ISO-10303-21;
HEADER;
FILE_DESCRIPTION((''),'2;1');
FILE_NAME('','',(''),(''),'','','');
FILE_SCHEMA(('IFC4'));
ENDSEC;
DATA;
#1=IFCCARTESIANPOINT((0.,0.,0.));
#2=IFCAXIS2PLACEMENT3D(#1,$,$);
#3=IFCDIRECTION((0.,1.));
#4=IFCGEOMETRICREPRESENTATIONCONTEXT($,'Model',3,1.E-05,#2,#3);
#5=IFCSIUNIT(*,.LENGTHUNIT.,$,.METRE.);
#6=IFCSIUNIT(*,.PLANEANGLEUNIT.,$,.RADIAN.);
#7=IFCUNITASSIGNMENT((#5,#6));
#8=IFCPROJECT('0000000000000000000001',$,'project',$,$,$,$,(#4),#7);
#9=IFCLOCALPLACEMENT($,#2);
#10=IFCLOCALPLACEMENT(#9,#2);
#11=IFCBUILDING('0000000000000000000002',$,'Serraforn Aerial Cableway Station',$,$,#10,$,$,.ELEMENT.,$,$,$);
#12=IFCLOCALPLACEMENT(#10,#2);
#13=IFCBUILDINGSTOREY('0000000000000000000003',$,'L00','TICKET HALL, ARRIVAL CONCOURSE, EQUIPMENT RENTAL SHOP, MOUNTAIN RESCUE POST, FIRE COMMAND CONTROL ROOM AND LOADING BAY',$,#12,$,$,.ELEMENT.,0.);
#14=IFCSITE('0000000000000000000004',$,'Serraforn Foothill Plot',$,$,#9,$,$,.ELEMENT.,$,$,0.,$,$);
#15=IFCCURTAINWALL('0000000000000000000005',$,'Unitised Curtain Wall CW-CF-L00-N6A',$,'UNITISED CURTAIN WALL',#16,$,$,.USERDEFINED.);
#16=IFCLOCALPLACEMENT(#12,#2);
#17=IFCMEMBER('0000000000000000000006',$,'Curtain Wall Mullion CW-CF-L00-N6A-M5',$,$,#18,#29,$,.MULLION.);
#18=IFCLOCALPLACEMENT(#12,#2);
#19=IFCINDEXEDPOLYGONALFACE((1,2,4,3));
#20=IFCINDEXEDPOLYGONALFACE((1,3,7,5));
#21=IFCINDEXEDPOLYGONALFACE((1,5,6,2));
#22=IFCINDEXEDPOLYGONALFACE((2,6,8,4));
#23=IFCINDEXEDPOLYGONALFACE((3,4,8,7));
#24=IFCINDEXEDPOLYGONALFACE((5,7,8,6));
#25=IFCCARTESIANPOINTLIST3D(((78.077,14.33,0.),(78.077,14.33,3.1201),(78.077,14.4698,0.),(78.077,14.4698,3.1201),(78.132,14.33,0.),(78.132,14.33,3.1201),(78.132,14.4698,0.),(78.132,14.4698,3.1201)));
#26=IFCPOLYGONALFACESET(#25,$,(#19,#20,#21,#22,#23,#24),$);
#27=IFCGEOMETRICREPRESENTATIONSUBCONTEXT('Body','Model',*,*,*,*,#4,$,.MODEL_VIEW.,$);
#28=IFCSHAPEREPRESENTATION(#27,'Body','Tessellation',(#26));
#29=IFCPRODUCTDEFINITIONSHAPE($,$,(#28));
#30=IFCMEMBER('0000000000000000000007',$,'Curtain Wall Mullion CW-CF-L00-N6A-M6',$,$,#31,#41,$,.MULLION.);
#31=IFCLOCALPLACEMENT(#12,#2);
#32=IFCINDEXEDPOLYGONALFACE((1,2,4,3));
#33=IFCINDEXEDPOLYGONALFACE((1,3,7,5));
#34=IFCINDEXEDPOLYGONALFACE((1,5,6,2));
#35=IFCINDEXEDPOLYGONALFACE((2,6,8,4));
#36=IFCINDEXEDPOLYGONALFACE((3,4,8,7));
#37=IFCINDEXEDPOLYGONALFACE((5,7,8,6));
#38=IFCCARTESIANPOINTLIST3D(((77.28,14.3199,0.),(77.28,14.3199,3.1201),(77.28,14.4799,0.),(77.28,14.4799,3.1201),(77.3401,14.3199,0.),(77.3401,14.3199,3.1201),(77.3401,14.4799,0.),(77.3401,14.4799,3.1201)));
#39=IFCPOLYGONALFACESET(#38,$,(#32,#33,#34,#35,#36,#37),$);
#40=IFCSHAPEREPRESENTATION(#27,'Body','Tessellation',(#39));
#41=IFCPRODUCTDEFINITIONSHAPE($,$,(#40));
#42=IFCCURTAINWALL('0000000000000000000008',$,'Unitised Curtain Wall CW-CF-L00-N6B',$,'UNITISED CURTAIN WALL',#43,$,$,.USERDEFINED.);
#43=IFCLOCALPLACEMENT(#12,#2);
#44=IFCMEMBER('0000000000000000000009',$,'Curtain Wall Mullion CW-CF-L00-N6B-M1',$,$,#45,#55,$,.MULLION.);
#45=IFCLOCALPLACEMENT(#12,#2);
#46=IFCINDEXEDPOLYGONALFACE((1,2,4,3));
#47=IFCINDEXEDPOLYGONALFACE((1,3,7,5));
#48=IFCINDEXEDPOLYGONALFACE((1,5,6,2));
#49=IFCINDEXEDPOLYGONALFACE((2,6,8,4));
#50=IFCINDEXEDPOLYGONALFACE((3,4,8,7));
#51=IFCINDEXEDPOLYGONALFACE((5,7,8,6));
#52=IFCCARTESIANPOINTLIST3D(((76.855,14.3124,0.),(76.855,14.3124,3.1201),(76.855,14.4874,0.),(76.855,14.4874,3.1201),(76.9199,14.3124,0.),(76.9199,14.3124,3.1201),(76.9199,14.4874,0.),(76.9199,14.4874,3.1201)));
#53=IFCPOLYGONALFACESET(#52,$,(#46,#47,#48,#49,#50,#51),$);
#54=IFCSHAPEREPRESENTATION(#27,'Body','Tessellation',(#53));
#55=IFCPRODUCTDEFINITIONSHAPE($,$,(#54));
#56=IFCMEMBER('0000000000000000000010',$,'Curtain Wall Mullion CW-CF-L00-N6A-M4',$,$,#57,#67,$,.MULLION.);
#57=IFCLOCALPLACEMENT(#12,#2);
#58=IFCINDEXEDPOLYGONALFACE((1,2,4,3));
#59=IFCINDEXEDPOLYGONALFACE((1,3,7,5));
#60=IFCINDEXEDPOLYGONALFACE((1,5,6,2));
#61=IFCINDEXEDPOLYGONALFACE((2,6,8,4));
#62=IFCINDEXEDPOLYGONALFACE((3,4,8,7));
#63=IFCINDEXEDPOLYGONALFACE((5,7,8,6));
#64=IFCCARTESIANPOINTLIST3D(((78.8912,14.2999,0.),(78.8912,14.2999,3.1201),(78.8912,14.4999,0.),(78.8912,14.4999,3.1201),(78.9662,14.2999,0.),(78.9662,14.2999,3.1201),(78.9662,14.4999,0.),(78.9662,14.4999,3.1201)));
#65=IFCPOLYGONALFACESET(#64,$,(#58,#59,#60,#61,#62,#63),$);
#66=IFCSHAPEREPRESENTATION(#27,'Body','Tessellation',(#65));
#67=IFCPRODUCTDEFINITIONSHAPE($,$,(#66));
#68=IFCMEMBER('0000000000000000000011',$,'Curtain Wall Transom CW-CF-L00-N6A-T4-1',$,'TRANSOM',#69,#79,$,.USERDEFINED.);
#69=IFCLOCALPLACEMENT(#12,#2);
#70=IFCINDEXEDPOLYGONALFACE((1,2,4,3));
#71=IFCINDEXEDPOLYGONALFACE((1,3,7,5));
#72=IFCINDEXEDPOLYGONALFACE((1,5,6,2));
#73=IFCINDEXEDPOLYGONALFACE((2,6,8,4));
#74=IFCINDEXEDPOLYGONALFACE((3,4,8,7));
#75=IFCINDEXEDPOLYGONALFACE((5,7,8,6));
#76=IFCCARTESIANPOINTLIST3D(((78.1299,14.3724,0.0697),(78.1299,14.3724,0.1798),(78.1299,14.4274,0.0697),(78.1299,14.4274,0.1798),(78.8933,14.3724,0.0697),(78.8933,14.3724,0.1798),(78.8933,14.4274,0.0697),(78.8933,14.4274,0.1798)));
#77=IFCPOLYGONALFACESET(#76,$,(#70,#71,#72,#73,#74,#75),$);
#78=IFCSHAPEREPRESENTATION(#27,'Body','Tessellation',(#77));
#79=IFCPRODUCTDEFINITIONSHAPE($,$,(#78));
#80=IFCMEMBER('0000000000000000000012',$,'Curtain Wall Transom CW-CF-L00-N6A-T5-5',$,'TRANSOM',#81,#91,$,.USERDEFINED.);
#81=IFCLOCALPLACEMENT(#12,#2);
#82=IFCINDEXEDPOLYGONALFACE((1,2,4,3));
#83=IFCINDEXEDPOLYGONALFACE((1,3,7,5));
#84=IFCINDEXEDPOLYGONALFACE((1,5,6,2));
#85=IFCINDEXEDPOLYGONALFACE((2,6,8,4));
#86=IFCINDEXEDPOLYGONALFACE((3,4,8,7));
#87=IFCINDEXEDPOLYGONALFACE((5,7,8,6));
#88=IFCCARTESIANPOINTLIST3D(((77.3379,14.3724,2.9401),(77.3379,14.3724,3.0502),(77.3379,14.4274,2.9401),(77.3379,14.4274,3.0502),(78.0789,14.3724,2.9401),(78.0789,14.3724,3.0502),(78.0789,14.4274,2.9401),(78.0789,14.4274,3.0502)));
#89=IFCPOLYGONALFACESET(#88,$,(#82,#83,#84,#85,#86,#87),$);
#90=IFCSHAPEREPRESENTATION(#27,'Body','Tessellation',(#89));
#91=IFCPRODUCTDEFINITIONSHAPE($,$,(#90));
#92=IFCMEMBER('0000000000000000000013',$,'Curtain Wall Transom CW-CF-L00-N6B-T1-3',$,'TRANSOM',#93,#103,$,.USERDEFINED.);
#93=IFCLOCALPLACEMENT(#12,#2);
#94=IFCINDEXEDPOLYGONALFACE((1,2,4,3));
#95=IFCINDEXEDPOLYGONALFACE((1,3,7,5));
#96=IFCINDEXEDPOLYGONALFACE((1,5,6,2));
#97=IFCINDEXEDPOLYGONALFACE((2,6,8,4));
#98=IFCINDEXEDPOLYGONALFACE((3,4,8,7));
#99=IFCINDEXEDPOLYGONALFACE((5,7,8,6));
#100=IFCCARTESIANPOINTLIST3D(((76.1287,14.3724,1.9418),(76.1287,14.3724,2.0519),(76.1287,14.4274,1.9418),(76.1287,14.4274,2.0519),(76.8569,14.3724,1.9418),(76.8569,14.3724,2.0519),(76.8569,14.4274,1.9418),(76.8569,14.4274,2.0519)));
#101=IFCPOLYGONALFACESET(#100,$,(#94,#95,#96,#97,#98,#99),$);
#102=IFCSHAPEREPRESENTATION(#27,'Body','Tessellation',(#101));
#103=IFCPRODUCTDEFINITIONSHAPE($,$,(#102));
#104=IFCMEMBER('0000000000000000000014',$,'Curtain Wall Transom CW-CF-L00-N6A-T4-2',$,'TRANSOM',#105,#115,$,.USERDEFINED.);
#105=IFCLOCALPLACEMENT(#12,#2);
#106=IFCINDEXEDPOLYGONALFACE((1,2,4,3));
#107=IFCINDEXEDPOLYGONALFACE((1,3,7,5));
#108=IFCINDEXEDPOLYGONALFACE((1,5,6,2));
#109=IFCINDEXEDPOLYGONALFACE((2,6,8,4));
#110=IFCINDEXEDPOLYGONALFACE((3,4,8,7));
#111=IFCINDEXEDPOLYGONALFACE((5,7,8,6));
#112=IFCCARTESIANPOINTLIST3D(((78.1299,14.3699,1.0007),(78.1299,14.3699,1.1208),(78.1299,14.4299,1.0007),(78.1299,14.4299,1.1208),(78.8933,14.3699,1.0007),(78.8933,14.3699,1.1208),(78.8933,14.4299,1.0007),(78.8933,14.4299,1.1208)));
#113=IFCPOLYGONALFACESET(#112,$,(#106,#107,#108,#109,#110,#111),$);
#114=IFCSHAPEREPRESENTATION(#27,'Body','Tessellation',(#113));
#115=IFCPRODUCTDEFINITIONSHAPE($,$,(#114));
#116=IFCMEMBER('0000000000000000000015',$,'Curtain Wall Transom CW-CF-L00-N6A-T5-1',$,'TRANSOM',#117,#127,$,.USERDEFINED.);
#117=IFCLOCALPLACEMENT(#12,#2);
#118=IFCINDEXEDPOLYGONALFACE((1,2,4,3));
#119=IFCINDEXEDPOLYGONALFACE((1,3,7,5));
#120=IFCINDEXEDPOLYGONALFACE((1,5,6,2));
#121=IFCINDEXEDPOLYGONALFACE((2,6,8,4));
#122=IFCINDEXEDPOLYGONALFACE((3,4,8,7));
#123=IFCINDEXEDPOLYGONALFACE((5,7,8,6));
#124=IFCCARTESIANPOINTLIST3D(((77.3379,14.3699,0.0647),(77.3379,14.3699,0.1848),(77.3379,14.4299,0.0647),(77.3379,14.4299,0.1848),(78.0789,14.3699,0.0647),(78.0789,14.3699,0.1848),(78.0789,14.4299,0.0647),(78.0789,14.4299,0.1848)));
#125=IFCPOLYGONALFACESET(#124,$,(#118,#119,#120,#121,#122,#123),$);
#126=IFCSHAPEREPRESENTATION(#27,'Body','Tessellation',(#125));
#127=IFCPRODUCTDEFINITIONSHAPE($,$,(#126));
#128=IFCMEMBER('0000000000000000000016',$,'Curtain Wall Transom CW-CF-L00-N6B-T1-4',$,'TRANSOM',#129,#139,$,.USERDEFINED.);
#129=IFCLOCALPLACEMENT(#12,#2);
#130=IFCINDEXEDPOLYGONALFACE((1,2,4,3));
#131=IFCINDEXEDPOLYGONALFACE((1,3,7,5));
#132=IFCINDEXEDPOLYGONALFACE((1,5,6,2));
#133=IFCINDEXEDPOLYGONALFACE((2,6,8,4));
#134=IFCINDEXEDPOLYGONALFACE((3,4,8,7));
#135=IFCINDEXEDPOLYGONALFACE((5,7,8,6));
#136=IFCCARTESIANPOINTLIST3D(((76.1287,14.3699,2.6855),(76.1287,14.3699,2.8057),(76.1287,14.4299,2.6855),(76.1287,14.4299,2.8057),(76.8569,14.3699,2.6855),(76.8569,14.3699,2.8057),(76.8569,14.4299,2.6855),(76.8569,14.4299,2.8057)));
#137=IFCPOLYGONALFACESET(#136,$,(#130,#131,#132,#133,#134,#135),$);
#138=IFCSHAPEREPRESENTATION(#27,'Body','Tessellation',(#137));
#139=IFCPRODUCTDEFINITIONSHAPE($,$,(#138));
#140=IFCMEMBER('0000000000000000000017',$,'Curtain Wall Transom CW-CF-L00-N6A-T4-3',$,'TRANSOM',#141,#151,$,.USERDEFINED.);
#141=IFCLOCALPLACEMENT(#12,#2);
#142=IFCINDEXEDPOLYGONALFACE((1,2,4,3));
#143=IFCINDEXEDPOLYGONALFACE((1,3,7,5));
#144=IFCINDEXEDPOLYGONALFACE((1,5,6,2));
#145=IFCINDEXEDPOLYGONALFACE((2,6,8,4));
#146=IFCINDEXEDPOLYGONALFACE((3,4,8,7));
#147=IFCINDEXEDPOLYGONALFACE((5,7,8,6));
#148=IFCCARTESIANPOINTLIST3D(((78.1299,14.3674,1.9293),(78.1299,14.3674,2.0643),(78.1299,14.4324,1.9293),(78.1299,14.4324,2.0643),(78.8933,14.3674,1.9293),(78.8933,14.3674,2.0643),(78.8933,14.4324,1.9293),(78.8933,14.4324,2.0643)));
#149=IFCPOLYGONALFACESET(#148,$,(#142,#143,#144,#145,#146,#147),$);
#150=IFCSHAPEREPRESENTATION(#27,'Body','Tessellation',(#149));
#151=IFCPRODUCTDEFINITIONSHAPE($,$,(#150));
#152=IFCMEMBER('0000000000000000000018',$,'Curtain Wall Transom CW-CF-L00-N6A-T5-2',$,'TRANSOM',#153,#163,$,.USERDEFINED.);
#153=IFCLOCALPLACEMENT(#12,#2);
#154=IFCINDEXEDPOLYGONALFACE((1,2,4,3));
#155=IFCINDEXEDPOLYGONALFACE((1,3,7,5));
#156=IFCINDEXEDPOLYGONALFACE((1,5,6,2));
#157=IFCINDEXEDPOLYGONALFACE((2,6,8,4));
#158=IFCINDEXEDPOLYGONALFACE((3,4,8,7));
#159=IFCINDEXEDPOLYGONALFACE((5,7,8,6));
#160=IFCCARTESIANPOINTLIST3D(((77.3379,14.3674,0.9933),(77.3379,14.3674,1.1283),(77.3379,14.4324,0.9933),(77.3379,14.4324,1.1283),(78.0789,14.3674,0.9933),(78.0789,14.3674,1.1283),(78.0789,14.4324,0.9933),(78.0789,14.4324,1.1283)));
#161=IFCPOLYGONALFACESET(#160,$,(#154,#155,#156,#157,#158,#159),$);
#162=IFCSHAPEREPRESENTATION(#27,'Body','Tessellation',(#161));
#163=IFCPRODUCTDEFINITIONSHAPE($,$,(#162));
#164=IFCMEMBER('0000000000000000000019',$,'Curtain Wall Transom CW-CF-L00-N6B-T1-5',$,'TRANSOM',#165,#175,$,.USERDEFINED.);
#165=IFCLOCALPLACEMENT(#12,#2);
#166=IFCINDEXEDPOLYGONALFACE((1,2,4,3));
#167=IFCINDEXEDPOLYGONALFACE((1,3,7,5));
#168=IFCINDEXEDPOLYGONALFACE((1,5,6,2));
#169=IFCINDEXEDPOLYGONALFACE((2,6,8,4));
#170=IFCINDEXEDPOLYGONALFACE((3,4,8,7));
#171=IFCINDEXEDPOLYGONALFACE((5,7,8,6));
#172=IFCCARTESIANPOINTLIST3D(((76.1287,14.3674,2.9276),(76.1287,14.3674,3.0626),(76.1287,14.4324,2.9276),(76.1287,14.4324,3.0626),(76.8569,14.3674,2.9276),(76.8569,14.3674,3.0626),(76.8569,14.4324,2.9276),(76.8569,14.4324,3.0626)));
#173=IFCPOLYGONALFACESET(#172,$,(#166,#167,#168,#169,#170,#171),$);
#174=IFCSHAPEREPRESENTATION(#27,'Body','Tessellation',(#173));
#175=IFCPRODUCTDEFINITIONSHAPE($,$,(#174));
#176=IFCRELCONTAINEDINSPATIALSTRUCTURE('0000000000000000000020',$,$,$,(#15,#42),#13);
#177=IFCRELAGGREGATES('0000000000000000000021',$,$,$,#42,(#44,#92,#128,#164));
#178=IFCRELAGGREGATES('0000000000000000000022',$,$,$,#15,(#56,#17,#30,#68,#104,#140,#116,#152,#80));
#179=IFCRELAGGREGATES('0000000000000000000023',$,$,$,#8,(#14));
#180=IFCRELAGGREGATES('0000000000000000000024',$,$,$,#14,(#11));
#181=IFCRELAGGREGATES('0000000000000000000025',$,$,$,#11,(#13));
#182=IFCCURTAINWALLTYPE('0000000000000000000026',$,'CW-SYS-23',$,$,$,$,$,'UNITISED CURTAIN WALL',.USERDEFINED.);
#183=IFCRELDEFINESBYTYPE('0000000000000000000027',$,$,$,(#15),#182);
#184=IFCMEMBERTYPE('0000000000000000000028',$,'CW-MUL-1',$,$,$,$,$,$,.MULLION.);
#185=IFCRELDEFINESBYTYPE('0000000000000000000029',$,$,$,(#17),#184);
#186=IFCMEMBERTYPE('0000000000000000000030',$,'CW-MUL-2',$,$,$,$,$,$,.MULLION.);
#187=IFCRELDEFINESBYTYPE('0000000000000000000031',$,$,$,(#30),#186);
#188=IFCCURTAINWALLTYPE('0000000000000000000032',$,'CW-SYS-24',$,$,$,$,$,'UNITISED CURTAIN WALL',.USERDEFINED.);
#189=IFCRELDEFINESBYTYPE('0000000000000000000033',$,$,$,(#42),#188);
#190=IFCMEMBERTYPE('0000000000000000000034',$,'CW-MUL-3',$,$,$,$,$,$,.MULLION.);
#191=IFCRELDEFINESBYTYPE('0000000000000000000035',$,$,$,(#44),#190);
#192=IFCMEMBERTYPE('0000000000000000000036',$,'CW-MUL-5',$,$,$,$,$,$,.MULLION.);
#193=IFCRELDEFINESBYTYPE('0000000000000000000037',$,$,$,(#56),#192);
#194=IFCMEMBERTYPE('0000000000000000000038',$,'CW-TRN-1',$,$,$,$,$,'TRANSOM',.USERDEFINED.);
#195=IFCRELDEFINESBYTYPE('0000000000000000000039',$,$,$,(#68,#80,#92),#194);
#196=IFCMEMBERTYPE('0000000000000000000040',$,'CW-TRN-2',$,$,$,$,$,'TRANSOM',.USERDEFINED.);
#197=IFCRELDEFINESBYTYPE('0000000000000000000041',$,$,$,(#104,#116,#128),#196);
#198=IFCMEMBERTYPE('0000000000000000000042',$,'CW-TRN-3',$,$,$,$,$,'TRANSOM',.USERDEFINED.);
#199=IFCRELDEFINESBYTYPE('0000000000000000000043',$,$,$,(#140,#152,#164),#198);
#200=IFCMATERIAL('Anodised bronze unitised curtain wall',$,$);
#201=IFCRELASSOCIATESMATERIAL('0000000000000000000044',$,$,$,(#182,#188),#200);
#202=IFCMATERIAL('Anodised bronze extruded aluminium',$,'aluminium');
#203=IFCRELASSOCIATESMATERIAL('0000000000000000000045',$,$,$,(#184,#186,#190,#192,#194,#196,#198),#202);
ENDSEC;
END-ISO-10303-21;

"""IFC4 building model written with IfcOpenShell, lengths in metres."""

from ifc_helpers import new_model, si_unit, direction, frame, origin, origin_2d, place, context, subcontext, project, spatial, rectangle, extrude, material, material_profile, profile_set, type_object, element, aggregate, save


model = new_model("IFC4")

# Units and contexts
model_context = context("Model", 3, precision=1e-05, world=origin(), true_north=direction((0.0, 1.0)))
body_context = subcontext(model_context, "Body", "Model", "MODEL_VIEW")
ifc_project = project(units=[si_unit("LENGTHUNIT", "METRE"), si_unit("PLANEANGLEUNIT", "RADIAN")], contexts=[model_context])

# Site, building, storey
site_placement = place(None, origin())
site = spatial("IfcSite", under=ifc_project, at=site_placement, Name="Serraforn Foothill Plot", CompositionType="ELEMENT", RefElevation=0.0)
building_placement = place(site_placement, origin())
building = spatial("IfcBuilding", under=site, at=building_placement, Name="Serraforn Aerial Cableway Station", CompositionType="ELEMENT")
storey_placement = place(building_placement, origin())
storey = spatial("IfcBuildingStorey", under=building, at=storey_placement, Name="L00", Description="TICKET HALL, ARRIVAL CONCOURSE, EQUIPMENT RENTAL SHOP, MOUNTAIN RESCUE POST, FIRE COMMAND CONTROL ROOM AND LOADING BAY", CompositionType="ELEMENT", Elevation=0.0)

# Curtain wall, members
ifc_material_1 = material(Name="Anodised bronze unitised curtain wall")
curtain_wall_type_1 = type_object("IfcCurtainWallType", Name="CW-SYS-23", ElementType="UNITISED CURTAIN WALL", PredefinedType="USERDEFINED", material=ifc_material_1)
curtain_wall_1_placement = place(storey_placement, origin())
curtain_wall_1 = element("IfcCurtainWall", 1, at=curtain_wall_1_placement, inside=storey, type_object=curtain_wall_type_1, Name="Unitised Curtain Wall CW-CF-L00-N6A", ObjectType="UNITISED CURTAIN WALL", PredefinedType="USERDEFINED")
ifc_material_2 = material(Name="Anodised bronze extruded aluminium", Category="aluminium")
ifc_material_profile_1 = material_profile(ifc_material_2, rectangle(XDim=0.0549, YDim=0.1399, at=origin_2d()), Name="CW MULLION 55x140")
ifc_profile_set_1 = profile_set([ifc_material_profile_1], Name="Anodised bronze extruded aluminium")
member_type_1 = type_object("IfcMemberType", Name="CW-MUL-1", PredefinedType="MULLION", material=ifc_profile_set_1)
member_1_placement = place(storey_placement, frame((78.1045, 14.3999, 0.0), z_axis=(0.0, 0.0, 1.0), x_axis=(-1.0, 0.0, 0.0)))
member_1 = element("IfcMember", 2, at=member_1_placement, type_object=member_type_1, Name="Curtain Wall Mullion CW-CF-L00-N6A-M5", PredefinedType="MULLION", context=body_context, shape_type="SweptSolid", body=[
    extrude(rectangle(XDim=0.0549, YDim=0.1399, at=origin_2d()), origin(), (0.0, 0.0, 1.0), 3.1201),
])
ifc_material_profile_2 = material_profile(ifc_material_2, rectangle(XDim=0.0601, YDim=0.1599, at=origin_2d()), Name="CW MULLION 60x160")
ifc_profile_set_2 = profile_set([ifc_material_profile_2], Name="Anodised bronze extruded aluminium")
member_type_2 = type_object("IfcMemberType", Name="CW-MUL-2", PredefinedType="MULLION", material=ifc_profile_set_2)
member_2_placement = place(storey_placement, frame((77.3101, 14.3999, 0.0), z_axis=(0.0, 0.0, 1.0), x_axis=(-1.0, 0.0, 0.0)))
member_2 = element("IfcMember", 3, at=member_2_placement, type_object=member_type_2, Name="Curtain Wall Mullion CW-CF-L00-N6A-M6", PredefinedType="MULLION", context=body_context, shape_type="SweptSolid", body=[
    extrude(rectangle(XDim=0.0601, YDim=0.1599, at=origin_2d()), origin(), (0.0, 0.0, 1.0), 3.1201),
])

# Curtain wall, member
curtain_wall_type_2 = type_object("IfcCurtainWallType", Name="CW-SYS-24", ElementType="UNITISED CURTAIN WALL", PredefinedType="USERDEFINED", material=ifc_material_1)
curtain_wall_2_placement = place(storey_placement, origin())
curtain_wall_2 = element("IfcCurtainWall", 4, at=curtain_wall_2_placement, inside=storey, type_object=curtain_wall_type_2, Name="Unitised Curtain Wall CW-CF-L00-N6B", ObjectType="UNITISED CURTAIN WALL", PredefinedType="USERDEFINED")
ifc_material_profile_3 = material_profile(ifc_material_2, rectangle(XDim=0.0649, YDim=0.175, at=origin_2d()), Name="CW MULLION 65x175")
ifc_profile_set_3 = profile_set([ifc_material_profile_3], Name="Anodised bronze extruded aluminium")
member_type_3 = type_object("IfcMemberType", Name="CW-MUL-3", PredefinedType="MULLION", material=ifc_profile_set_3)
member_3_placement = place(storey_placement, frame((76.8875, 14.3999, 0.0), z_axis=(0.0, 0.0, 1.0), x_axis=(-1.0, 0.0, 0.0)))
member_3 = element("IfcMember", 5, at=member_3_placement, type_object=member_type_3, Name="Curtain Wall Mullion CW-CF-L00-N6B-M1", PredefinedType="MULLION", context=body_context, shape_type="SweptSolid", body=[
    extrude(rectangle(XDim=0.0649, YDim=0.175, at=origin_2d()), origin(), (0.0, 0.0, 1.0), 3.1201),
])

# Members
ifc_material_profile_4 = material_profile(ifc_material_2, rectangle(XDim=0.075, YDim=0.2, at=origin_2d()), Name="CW MULLION 75x200")
ifc_profile_set_4 = profile_set([ifc_material_profile_4], Name="Anodised bronze extruded aluminium")
member_type_4 = type_object("IfcMemberType", Name="CW-MUL-5", PredefinedType="MULLION", material=ifc_profile_set_4)
member_4_placement = place(storey_placement, frame((78.9287, 14.3999, 0.0), z_axis=(0.0, 0.0, 1.0), x_axis=(-1.0, 0.0, 0.0)))
member_4 = element("IfcMember", 6, at=member_4_placement, type_object=member_type_4, Name="Curtain Wall Mullion CW-CF-L00-N6A-M4", PredefinedType="MULLION", context=body_context, shape_type="SweptSolid", body=[
    extrude(rectangle(XDim=0.075, YDim=0.2, at=origin_2d()), origin(), (0.0, 0.0, 1.0), 3.1201),
])
ifc_material_profile_5 = material_profile(ifc_material_2, rectangle(XDim=0.0549, YDim=0.1101, at=origin_2d()), Name="CW TRANSOM 55x110")
ifc_profile_set_5 = profile_set([ifc_material_profile_5], Name="Anodised bronze extruded aluminium")
member_type_5 = type_object("IfcMemberType", Name="CW-TRN-1", ElementType="TRANSOM", PredefinedType="USERDEFINED", material=ifc_profile_set_5)
member_5_placement = place(storey_placement, frame((78.8933, 14.3999, 0.1248), z_axis=(-1.0, 0.0, 0.0), x_axis=(0.0, -1.0, 0.0)))
member_5 = element("IfcMember", 7, at=member_5_placement, type_object=member_type_5, Name="Curtain Wall Transom CW-CF-L00-N6A-T4-1", ObjectType="TRANSOM", PredefinedType="USERDEFINED", context=body_context, shape_type="SweptSolid", body=[
    extrude(rectangle(XDim=0.0549, YDim=0.1101, at=origin_2d()), origin(), (0.0, 0.0, 1.0), 0.7634),
])
member_6_placement = place(storey_placement, frame((78.0789, 14.3999, 2.9951), z_axis=(-1.0, 0.0, 0.0), x_axis=(0.0, -1.0, 0.0)))
member_6 = element("IfcMember", 8, at=member_6_placement, type_object=member_type_5, Name="Curtain Wall Transom CW-CF-L00-N6A-T5-5", ObjectType="TRANSOM", PredefinedType="USERDEFINED", context=body_context, shape_type="SweptSolid", body=[
    extrude(rectangle(XDim=0.0549, YDim=0.1101, at=origin_2d()), origin(), (0.0, 0.0, 1.0), 0.741),
])
member_7_placement = place(storey_placement, frame((76.8569, 14.3999, 1.9968), z_axis=(-1.0, 0.0, 0.0), x_axis=(0.0, -1.0, 0.0)))
member_7 = element("IfcMember", 9, at=member_7_placement, type_object=member_type_5, Name="Curtain Wall Transom CW-CF-L00-N6B-T1-3", ObjectType="TRANSOM", PredefinedType="USERDEFINED", context=body_context, shape_type="SweptSolid", body=[
    extrude(rectangle(XDim=0.0549, YDim=0.1101, at=origin_2d()), origin(), (0.0, 0.0, 1.0), 0.7283),
])
ifc_material_profile_6 = material_profile(ifc_material_2, rectangle(XDim=0.0601, YDim=0.1201, at=origin_2d()), Name="CW TRANSOM 60x120")
ifc_profile_set_6 = profile_set([ifc_material_profile_6], Name="Anodised bronze extruded aluminium")
member_type_6 = type_object("IfcMemberType", Name="CW-TRN-2", ElementType="TRANSOM", PredefinedType="USERDEFINED", material=ifc_profile_set_6)
member_8_placement = place(storey_placement, frame((78.8933, 14.3999, 1.0608), z_axis=(-1.0, 0.0, 0.0), x_axis=(0.0, -1.0, 0.0)))
member_8 = element("IfcMember", 10, at=member_8_placement, type_object=member_type_6, Name="Curtain Wall Transom CW-CF-L00-N6A-T4-2", ObjectType="TRANSOM", PredefinedType="USERDEFINED", context=body_context, shape_type="SweptSolid", body=[
    extrude(rectangle(XDim=0.0601, YDim=0.1201, at=origin_2d()), origin(), (0.0, 0.0, 1.0), 0.7634),
])
member_9_placement = place(storey_placement, frame((78.0789, 14.3999, 0.1248), z_axis=(-1.0, 0.0, 0.0), x_axis=(0.0, -1.0, 0.0)))
member_9 = element("IfcMember", 11, at=member_9_placement, type_object=member_type_6, Name="Curtain Wall Transom CW-CF-L00-N6A-T5-1", ObjectType="TRANSOM", PredefinedType="USERDEFINED", context=body_context, shape_type="SweptSolid", body=[
    extrude(rectangle(XDim=0.0601, YDim=0.1201, at=origin_2d()), origin(), (0.0, 0.0, 1.0), 0.741),
])
member_10_placement = place(storey_placement, frame((76.8569, 14.3999, 2.7456), z_axis=(-1.0, 0.0, 0.0), x_axis=(0.0, -1.0, 0.0)))
member_10 = element("IfcMember", 12, at=member_10_placement, type_object=member_type_6, Name="Curtain Wall Transom CW-CF-L00-N6B-T1-4", ObjectType="TRANSOM", PredefinedType="USERDEFINED", context=body_context, shape_type="SweptSolid", body=[
    extrude(rectangle(XDim=0.0601, YDim=0.1201, at=origin_2d()), origin(), (0.0, 0.0, 1.0), 0.7283),
])
ifc_material_profile_7 = material_profile(ifc_material_2, rectangle(XDim=0.0649, YDim=0.135, at=origin_2d()), Name="CW TRANSOM 65x135")
ifc_profile_set_7 = profile_set([ifc_material_profile_7], Name="Anodised bronze extruded aluminium")
member_type_7 = type_object("IfcMemberType", Name="CW-TRN-3", ElementType="TRANSOM", PredefinedType="USERDEFINED", material=ifc_profile_set_7)
member_11_placement = place(storey_placement, frame((78.8933, 14.3999, 1.9968), z_axis=(-1.0, 0.0, 0.0), x_axis=(0.0, -1.0, 0.0)))
member_11 = element("IfcMember", 13, at=member_11_placement, type_object=member_type_7, Name="Curtain Wall Transom CW-CF-L00-N6A-T4-3", ObjectType="TRANSOM", PredefinedType="USERDEFINED", context=body_context, shape_type="SweptSolid", body=[
    extrude(rectangle(XDim=0.0649, YDim=0.135, at=origin_2d()), origin(), (0.0, 0.0, 1.0), 0.7634),
])
member_12_placement = place(storey_placement, frame((78.0789, 14.3999, 1.0608), z_axis=(-1.0, 0.0, 0.0), x_axis=(0.0, -1.0, 0.0)))
member_12 = element("IfcMember", 14, at=member_12_placement, type_object=member_type_7, Name="Curtain Wall Transom CW-CF-L00-N6A-T5-2", ObjectType="TRANSOM", PredefinedType="USERDEFINED", context=body_context, shape_type="SweptSolid", body=[
    extrude(rectangle(XDim=0.0649, YDim=0.135, at=origin_2d()), origin(), (0.0, 0.0, 1.0), 0.741),
])
member_13_placement = place(storey_placement, frame((76.8569, 14.3999, 2.9951), z_axis=(-1.0, 0.0, 0.0), x_axis=(0.0, -1.0, 0.0)))
member_13 = element("IfcMember", 15, at=member_13_placement, type_object=member_type_7, Name="Curtain Wall Transom CW-CF-L00-N6B-T1-5", ObjectType="TRANSOM", PredefinedType="USERDEFINED", context=body_context, shape_type="SweptSolid", body=[
    extrude(rectangle(XDim=0.0649, YDim=0.135, at=origin_2d()), origin(), (0.0, 0.0, 1.0), 0.7283),
])
aggregate(curtain_wall_2, [member_3, member_7, member_10, member_13])

aggregate(curtain_wall_1, [member_4, member_1, member_2, member_5, member_8, member_11, member_9, member_12, member_6])

save(model, "model.ifc")
